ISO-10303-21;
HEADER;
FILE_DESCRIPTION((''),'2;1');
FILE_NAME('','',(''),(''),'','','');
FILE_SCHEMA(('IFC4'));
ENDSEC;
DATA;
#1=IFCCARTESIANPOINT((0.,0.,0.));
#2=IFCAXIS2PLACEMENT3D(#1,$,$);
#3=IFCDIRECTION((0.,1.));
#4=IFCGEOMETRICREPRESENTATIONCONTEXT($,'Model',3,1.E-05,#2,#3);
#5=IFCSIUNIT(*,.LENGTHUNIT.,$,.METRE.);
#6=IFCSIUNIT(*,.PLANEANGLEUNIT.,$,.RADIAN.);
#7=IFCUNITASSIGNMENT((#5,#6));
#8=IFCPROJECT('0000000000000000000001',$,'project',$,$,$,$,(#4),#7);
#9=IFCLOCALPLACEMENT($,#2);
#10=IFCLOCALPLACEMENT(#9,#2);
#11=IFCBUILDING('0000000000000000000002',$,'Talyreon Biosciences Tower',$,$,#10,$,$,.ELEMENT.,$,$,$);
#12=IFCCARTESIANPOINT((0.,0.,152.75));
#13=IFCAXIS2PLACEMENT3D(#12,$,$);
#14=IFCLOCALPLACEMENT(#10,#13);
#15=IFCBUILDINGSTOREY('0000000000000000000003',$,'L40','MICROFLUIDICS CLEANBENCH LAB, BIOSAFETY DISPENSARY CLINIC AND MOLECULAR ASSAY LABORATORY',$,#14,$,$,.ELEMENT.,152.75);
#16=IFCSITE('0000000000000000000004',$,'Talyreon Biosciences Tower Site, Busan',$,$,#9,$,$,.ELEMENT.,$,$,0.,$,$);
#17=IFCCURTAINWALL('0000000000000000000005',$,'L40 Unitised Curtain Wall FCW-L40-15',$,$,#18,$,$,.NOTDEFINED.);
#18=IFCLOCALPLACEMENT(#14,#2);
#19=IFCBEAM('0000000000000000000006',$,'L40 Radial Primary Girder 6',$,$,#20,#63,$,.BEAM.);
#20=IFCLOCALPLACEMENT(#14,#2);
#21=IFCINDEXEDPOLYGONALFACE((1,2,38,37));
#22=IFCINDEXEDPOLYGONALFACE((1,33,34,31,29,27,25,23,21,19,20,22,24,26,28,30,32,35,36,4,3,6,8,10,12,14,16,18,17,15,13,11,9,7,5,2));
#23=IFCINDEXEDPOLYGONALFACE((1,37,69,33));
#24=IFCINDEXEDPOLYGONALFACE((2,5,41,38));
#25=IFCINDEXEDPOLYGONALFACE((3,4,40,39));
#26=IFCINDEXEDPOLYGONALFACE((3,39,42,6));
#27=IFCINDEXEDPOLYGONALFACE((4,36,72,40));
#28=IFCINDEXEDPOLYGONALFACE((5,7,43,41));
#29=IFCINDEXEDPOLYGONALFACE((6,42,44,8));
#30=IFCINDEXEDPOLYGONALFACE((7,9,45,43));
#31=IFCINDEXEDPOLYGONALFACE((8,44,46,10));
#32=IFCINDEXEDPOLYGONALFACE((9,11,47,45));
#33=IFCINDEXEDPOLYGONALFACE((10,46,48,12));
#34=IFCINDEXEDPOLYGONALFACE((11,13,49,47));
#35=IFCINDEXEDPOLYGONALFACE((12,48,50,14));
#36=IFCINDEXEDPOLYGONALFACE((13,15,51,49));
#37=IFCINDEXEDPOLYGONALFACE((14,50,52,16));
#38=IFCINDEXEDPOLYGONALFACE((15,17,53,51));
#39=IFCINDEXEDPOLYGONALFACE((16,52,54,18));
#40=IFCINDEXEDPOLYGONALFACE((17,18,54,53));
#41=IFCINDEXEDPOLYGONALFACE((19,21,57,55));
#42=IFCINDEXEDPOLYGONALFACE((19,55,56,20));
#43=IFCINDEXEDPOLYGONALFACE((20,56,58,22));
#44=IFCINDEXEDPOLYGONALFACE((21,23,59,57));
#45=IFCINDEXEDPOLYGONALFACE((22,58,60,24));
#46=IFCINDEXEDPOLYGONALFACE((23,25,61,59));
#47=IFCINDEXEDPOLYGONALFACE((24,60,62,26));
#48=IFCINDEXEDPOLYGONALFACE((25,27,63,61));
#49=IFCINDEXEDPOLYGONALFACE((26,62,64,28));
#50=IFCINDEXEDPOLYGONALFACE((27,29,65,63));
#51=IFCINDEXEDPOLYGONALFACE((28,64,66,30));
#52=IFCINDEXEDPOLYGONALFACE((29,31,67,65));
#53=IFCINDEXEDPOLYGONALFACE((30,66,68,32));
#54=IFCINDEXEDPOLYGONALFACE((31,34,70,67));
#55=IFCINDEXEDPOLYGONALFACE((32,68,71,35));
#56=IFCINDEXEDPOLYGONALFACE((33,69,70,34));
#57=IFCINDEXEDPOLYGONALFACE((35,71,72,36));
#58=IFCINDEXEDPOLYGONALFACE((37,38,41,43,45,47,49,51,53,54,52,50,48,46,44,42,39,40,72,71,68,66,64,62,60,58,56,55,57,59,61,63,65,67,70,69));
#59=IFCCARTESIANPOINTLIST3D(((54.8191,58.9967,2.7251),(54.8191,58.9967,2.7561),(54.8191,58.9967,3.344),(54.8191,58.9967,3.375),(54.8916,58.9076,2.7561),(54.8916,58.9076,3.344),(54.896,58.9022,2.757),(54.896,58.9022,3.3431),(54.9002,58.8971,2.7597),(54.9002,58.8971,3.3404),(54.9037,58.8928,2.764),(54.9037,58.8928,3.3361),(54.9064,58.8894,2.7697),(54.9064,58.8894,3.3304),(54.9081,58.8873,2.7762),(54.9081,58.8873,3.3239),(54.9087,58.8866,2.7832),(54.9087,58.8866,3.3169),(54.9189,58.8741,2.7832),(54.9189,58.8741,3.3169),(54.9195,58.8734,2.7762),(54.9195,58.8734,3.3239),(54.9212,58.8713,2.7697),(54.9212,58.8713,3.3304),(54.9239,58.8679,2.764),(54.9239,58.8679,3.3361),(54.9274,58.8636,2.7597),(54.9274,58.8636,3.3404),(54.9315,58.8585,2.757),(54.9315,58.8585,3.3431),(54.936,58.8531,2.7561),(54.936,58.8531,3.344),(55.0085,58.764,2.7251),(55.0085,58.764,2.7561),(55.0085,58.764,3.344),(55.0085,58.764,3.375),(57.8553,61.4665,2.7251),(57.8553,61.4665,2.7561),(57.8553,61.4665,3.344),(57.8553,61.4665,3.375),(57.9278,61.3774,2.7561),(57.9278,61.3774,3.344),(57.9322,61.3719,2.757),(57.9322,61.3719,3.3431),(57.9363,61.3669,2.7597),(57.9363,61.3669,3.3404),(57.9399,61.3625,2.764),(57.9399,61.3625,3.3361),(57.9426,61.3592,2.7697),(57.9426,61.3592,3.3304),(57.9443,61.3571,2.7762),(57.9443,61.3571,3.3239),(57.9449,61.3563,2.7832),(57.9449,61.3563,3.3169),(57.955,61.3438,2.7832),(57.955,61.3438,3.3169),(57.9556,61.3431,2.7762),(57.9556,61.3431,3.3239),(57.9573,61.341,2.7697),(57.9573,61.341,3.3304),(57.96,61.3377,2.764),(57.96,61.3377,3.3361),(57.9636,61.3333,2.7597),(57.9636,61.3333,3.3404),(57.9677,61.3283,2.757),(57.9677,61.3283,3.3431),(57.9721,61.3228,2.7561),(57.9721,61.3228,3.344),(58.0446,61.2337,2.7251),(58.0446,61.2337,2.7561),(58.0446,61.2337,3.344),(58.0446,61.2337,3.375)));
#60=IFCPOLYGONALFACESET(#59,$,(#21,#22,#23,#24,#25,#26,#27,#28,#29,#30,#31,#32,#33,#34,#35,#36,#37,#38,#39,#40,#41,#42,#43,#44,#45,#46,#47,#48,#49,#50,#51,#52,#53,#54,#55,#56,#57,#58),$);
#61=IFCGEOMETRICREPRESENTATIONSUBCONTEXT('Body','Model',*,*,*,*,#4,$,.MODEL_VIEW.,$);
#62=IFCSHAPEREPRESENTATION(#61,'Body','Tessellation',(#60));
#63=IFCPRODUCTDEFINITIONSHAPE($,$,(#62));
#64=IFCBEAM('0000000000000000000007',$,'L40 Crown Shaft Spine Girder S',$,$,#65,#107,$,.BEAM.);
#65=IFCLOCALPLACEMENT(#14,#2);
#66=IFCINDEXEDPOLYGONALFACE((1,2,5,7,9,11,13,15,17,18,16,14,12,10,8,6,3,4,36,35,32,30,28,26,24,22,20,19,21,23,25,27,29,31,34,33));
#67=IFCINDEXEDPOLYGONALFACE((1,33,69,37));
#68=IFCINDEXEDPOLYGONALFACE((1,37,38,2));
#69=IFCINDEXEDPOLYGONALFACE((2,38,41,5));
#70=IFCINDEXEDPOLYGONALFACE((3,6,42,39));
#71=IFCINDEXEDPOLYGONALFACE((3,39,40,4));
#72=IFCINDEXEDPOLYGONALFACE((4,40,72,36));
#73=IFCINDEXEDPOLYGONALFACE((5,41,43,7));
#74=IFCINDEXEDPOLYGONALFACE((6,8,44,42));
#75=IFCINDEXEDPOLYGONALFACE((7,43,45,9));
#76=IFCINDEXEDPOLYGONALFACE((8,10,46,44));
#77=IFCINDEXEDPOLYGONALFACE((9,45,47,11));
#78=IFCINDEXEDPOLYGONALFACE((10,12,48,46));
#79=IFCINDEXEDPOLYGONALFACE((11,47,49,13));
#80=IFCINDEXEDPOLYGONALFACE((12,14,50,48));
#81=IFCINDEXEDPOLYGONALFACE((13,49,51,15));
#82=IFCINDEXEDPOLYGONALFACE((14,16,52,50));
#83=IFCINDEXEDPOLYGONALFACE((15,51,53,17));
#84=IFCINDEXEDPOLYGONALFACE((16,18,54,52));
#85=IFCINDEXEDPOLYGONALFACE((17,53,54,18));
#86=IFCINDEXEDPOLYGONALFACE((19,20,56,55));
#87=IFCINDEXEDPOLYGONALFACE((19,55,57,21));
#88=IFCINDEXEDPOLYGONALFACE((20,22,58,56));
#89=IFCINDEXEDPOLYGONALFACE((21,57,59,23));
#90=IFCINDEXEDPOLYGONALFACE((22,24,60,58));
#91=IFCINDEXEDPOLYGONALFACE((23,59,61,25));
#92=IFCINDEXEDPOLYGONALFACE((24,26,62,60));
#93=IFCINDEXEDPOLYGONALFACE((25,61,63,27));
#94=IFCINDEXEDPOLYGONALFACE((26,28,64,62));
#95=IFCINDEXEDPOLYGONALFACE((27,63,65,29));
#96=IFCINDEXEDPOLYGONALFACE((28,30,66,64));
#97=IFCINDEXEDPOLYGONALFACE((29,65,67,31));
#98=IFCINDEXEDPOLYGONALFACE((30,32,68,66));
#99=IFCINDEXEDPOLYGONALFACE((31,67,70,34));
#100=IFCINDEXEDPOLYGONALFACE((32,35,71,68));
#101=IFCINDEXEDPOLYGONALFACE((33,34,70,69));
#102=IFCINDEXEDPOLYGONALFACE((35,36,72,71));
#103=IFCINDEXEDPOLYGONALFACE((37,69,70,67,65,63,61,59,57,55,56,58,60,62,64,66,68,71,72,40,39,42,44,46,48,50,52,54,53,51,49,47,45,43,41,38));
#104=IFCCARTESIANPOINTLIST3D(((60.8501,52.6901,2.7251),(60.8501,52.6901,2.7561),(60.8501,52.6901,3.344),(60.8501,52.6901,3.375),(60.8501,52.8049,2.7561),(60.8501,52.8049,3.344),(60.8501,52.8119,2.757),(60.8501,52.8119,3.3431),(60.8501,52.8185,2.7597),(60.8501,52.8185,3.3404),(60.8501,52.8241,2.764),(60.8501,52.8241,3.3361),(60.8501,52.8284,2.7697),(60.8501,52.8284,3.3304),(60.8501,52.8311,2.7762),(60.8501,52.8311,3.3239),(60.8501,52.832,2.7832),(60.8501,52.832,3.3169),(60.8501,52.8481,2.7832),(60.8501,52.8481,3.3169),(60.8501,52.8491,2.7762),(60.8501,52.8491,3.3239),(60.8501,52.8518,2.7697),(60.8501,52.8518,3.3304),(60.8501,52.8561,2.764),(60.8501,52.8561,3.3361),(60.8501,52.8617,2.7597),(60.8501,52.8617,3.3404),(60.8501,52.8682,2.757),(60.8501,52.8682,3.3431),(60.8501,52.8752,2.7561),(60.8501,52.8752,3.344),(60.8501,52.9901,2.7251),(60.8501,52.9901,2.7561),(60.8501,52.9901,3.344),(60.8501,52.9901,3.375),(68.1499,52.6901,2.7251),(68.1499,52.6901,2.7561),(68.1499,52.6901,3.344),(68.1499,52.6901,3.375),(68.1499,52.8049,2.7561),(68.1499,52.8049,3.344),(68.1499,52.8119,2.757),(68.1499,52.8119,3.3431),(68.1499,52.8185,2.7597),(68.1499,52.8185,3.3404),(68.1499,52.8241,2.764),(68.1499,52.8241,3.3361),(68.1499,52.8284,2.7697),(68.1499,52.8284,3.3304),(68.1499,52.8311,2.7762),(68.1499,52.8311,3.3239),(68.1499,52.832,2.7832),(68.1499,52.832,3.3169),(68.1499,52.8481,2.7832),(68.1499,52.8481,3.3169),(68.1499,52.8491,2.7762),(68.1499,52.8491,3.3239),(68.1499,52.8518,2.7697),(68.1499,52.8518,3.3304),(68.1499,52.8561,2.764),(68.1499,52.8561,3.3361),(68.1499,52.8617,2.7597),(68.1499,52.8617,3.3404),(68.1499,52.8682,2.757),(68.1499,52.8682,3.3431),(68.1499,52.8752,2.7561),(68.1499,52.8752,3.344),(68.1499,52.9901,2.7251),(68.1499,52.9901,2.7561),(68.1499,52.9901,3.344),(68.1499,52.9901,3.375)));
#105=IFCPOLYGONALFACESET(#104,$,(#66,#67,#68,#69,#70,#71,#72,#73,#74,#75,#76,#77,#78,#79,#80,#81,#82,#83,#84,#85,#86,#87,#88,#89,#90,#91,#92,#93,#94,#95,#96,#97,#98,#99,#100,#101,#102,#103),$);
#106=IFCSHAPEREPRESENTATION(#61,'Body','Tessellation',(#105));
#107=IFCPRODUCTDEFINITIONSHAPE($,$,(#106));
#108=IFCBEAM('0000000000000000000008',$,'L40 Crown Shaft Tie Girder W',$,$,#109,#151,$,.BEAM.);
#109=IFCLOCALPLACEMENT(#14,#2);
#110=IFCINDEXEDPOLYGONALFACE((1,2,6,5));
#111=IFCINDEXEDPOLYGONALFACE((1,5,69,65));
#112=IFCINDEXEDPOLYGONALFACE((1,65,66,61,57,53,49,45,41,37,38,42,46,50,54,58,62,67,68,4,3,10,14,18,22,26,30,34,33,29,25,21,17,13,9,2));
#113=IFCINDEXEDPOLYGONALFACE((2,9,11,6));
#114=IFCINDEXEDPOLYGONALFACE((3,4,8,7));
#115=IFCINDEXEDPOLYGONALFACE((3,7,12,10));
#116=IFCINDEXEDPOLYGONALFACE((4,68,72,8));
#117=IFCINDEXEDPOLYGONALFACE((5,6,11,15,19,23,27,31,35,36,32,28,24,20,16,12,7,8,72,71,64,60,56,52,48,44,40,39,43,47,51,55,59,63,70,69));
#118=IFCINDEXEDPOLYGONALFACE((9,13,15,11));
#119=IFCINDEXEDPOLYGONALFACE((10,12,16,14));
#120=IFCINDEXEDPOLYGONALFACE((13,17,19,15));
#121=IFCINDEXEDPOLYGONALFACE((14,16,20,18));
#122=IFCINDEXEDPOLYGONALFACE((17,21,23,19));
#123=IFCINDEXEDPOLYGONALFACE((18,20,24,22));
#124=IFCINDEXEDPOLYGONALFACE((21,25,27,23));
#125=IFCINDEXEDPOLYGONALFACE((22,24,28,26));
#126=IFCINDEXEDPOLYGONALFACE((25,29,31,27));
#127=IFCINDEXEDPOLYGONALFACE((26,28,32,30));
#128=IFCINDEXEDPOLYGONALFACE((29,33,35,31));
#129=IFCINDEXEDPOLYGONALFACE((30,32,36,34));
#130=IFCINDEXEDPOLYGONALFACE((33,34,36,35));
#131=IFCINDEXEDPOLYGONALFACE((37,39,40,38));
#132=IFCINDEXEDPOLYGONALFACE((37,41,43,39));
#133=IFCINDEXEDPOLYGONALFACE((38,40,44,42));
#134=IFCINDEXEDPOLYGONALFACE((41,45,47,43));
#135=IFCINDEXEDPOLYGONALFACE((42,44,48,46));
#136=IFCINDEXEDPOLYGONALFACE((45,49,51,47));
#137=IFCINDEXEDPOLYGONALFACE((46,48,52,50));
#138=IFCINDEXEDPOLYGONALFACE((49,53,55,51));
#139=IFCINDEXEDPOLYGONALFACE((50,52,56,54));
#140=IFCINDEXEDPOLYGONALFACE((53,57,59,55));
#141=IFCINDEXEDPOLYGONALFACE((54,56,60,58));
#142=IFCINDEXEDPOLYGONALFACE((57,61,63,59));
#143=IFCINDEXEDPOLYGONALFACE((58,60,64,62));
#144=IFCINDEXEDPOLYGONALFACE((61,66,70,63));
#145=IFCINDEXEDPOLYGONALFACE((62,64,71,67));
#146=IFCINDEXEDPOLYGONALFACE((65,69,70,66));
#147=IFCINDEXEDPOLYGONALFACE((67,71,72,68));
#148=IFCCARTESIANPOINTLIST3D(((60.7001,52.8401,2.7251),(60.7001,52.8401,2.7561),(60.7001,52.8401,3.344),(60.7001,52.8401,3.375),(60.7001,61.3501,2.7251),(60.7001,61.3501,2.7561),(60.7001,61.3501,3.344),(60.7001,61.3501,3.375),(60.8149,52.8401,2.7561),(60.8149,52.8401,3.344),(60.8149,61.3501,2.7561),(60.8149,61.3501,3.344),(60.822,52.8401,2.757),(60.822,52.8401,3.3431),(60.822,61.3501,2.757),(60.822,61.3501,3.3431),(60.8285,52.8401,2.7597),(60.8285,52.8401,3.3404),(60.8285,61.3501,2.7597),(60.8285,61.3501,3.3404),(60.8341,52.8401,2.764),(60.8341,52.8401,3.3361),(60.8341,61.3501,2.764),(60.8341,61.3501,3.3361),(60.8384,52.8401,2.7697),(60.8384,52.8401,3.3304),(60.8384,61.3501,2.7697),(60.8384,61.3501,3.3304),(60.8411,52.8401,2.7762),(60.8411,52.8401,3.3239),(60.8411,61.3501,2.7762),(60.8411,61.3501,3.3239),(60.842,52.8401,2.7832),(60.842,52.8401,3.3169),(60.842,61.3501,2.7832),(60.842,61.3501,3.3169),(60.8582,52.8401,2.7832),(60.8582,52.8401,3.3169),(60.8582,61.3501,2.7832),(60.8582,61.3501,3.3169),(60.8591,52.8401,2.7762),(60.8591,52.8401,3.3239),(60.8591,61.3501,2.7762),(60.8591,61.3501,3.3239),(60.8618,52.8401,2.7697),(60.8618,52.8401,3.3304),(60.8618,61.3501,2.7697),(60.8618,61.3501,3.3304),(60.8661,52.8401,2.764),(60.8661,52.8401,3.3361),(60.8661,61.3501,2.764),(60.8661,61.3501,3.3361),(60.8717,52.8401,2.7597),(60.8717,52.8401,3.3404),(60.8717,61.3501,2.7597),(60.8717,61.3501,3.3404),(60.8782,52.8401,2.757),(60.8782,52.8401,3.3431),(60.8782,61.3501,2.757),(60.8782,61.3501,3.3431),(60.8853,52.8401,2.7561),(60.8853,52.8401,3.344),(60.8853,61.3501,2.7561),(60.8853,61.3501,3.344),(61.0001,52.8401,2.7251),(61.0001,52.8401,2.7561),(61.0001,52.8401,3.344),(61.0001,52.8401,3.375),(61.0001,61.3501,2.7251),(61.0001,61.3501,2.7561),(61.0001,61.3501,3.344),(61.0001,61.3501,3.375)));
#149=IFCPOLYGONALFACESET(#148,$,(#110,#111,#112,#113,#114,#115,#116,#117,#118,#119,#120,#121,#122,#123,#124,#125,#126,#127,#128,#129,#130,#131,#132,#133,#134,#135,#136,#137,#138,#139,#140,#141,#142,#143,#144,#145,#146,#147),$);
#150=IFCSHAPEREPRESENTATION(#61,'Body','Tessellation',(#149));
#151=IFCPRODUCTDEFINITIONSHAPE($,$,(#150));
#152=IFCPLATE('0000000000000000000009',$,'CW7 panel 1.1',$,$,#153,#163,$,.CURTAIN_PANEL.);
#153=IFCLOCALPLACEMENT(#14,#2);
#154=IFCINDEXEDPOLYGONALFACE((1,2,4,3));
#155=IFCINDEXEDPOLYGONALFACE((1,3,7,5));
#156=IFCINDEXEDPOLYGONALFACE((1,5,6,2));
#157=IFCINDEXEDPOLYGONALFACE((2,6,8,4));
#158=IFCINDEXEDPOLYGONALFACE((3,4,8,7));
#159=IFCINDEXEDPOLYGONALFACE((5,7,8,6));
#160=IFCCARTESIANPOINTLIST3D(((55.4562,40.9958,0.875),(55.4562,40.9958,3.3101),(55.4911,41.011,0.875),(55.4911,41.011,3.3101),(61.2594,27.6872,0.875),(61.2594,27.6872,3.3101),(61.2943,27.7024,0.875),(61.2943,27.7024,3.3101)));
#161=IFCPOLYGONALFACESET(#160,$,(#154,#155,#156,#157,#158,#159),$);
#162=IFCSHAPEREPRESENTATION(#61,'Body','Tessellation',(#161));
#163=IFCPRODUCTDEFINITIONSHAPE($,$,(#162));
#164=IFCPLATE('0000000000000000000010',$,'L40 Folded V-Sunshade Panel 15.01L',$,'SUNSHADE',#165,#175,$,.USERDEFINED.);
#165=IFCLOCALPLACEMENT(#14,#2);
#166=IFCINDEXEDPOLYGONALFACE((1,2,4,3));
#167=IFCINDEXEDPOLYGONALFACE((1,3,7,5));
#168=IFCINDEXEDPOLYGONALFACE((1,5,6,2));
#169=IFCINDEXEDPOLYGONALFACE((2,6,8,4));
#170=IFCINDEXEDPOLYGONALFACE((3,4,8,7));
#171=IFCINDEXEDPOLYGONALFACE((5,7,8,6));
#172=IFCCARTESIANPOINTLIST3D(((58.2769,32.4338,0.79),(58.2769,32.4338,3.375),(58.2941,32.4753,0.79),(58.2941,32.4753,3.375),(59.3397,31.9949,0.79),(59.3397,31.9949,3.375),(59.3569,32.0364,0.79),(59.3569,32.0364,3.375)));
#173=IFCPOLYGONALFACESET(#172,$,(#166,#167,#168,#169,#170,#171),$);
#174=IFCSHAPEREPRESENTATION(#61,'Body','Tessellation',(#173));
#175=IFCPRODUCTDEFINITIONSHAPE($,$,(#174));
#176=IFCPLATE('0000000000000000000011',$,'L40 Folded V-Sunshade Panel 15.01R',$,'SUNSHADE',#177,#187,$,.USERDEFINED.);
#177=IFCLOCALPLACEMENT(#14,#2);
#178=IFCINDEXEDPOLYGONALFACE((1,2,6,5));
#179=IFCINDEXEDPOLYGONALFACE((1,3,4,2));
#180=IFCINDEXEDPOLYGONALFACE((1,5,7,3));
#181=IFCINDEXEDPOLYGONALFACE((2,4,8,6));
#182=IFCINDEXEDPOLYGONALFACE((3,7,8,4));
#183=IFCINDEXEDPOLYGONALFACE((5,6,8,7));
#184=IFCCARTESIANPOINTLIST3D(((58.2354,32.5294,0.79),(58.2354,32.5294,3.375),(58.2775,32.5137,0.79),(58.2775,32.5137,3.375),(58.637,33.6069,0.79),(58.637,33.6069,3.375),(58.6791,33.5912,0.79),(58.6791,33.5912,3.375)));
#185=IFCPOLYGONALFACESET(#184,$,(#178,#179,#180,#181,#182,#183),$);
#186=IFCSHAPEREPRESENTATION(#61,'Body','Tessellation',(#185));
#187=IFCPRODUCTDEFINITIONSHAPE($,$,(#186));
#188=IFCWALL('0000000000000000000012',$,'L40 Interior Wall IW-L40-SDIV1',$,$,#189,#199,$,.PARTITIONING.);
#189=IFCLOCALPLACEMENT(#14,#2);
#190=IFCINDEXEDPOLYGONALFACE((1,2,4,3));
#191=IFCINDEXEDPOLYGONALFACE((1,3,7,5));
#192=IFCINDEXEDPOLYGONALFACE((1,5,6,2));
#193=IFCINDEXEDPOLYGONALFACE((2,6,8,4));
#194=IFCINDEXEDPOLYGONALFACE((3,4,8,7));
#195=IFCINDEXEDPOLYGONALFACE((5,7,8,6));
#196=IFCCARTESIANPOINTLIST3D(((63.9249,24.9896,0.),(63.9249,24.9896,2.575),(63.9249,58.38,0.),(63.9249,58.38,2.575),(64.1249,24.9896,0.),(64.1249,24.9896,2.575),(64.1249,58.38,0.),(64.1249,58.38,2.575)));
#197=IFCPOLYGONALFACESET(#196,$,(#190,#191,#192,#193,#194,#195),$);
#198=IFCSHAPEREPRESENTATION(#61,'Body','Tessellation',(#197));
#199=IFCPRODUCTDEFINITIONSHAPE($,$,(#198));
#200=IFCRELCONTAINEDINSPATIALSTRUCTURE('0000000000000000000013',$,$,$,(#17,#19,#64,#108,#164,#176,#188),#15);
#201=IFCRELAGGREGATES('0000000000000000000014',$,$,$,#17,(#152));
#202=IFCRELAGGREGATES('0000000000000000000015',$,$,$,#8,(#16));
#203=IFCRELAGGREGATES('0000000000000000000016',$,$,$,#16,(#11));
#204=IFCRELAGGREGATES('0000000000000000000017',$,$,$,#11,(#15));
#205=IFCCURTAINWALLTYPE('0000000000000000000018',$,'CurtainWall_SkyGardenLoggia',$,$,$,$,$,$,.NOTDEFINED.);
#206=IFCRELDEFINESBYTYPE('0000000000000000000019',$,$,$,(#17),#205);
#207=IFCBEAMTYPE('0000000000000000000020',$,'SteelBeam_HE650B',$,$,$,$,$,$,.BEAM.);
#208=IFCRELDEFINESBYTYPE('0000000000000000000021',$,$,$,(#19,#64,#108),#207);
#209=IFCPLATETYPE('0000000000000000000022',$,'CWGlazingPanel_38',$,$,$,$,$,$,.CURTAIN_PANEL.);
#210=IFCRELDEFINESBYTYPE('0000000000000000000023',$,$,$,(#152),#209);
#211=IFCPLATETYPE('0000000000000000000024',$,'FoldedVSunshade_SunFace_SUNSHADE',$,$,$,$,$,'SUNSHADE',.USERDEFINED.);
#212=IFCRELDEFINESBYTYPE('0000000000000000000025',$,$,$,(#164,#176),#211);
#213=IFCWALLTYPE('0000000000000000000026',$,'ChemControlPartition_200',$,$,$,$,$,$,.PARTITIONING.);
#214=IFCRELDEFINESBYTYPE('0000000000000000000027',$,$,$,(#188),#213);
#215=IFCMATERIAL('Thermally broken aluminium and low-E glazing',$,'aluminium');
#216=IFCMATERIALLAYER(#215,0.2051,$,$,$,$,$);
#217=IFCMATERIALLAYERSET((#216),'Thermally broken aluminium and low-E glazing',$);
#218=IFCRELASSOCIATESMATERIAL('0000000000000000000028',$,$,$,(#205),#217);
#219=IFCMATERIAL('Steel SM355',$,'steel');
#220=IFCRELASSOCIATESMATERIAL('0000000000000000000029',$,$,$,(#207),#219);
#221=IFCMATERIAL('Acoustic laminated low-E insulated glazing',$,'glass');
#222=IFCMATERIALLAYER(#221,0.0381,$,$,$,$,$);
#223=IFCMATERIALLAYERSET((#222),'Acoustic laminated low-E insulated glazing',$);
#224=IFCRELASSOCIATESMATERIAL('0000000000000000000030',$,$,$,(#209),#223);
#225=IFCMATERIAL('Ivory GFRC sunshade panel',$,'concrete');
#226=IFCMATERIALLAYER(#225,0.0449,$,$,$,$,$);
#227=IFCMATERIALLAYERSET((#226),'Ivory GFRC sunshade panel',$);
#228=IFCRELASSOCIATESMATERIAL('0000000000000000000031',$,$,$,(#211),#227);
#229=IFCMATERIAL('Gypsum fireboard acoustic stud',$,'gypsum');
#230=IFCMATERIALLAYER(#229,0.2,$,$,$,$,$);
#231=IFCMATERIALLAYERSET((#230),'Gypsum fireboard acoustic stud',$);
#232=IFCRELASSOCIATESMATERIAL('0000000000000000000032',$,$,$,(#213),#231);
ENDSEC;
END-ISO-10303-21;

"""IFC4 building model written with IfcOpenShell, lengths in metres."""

from ifc_helpers import new_model, si_unit, direction, frame, frame_2d, origin, origin_2d, place, context, subcontext, project, spatial, rectangle, i_section, extrude, material, layer, layer_set, material_profile, profile_set, type_object, element, aggregate, save


model = new_model("IFC4")

# Units and contexts
model_context = context("Model", 3, precision=1e-05, world=origin(), true_north=direction((0.0, 1.0)))
body_context = subcontext(model_context, "Body", "Model", "MODEL_VIEW")
ifc_project = project(units=[si_unit("LENGTHUNIT", "METRE"), si_unit("PLANEANGLEUNIT", "RADIAN")], contexts=[model_context])

# Site, building, storey
site_placement = place(None, origin())
site = spatial("IfcSite", under=ifc_project, at=site_placement, Name="Talyreon Biosciences Tower Site, Busan", CompositionType="ELEMENT", RefElevation=0.0)
building_placement = place(site_placement, origin())
building = spatial("IfcBuilding", under=site, at=building_placement, Name="Talyreon Biosciences Tower", CompositionType="ELEMENT")
storey_placement = place(building_placement, frame((0.0, 0.0, 152.75)))
storey = spatial("IfcBuildingStorey", under=building, at=storey_placement, Name="L40", Description="MICROFLUIDICS CLEANBENCH LAB, BIOSAFETY DISPENSARY CLINIC AND MOLECULAR ASSAY LABORATORY", CompositionType="ELEMENT", Elevation=152.75)

# Curtain wall
ifc_material_1 = material(Name="Thermally broken aluminium and low-E glazing", Category="aluminium")
ifc_layer_1 = layer(ifc_material_1, 0.2051)
ifc_layer_set_1 = layer_set([ifc_layer_1], Name="Thermally broken aluminium and low-E glazing")
curtain_wall_type = type_object("IfcCurtainWallType", Name="CurtainWall_SkyGardenLoggia", PredefinedType="NOTDEFINED", material=ifc_layer_set_1)
curtain_wall_placement = place(storey_placement, origin())
curtain_wall = element("IfcCurtainWall", 1, at=curtain_wall_placement, inside=storey, type_object=curtain_wall_type, Name="L40 Unitised Curtain Wall FCW-L40-15", PredefinedType="NOTDEFINED")

# Beams
ifc_material_2 = material(Name="Steel SM355", Category="steel")
ifc_material_profile_1 = material_profile(ifc_material_2, i_section(OverallWidth=0.3, OverallDepth=0.6499, WebThickness=0.0161, FlangeThickness=0.031, FilletRadius=0.0271, at=origin_2d()), Name="HE650B")
ifc_profile_set_1 = profile_set([ifc_material_profile_1], Name="Steel SM355")
beam_type_1 = type_object("IfcBeamType", Name="SteelBeam_HE650B", PredefinedType="BEAM", material=ifc_profile_set_1)
beam_1_placement = place(storey_placement, frame((57.95, 61.3501, 3.05), z_axis=(-0.775755, -0.631034, 0.0), x_axis=(0.631034, -0.775755, 0.0)))
element("IfcBeam", 2, at=beam_1_placement, inside=storey, type_object=beam_type_1, Name="L40 Radial Primary Girder 6", PredefinedType="BEAM", context=body_context, shape_type="SweptSolid", body=[
    extrude(i_section(OverallWidth=0.3, OverallDepth=0.6499, WebThickness=0.0161, FlangeThickness=0.031, FilletRadius=0.0271, at=origin_2d()), origin(), (0.0, 0.0, 1.0), 3.9138),
])
beam_2_placement = place(storey_placement, frame((60.8501, 52.8401, 3.05), z_axis=(1.0, 0.0, 0.0), x_axis=(0.0, 1.0, 0.0)))
element("IfcBeam", 3, at=beam_2_placement, inside=storey, type_object=beam_type_1, Name="L40 Crown Shaft Spine Girder S", PredefinedType="BEAM", context=body_context, shape_type="SweptSolid", body=[
    extrude(i_section(OverallWidth=0.3, OverallDepth=0.6499, WebThickness=0.0161, FlangeThickness=0.031, FilletRadius=0.0271, at=origin_2d()), origin(), (0.0, 0.0, 1.0), 7.2998),
])
beam_3_placement = place(storey_placement, frame((60.8501, 52.8401, 3.05), z_axis=(0.0, 1.0, 0.0), x_axis=(-1.0, 0.0, 0.0)))
element("IfcBeam", 4, at=beam_3_placement, inside=storey, type_object=beam_type_1, Name="L40 Crown Shaft Tie Girder W", PredefinedType="BEAM", context=body_context, shape_type="SweptSolid", body=[
    extrude(i_section(OverallWidth=0.3, OverallDepth=0.6499, WebThickness=0.0161, FlangeThickness=0.031, FilletRadius=0.0271, at=origin_2d()), origin(), (0.0, 0.0, 1.0), 8.51),
])

# Plate
ifc_material_3 = material(Name="Acoustic laminated low-E insulated glazing", Category="glass")
ifc_layer_2 = layer(ifc_material_3, 0.0381)
ifc_layer_set_2 = layer_set([ifc_layer_2], Name="Acoustic laminated low-E insulated glazing")
plate_type_1 = type_object("IfcPlateType", Name="CWGlazingPanel_38", PredefinedType="CURTAIN_PANEL", material=ifc_layer_set_2)
plate_placement = place(storey_placement, frame((58.3752, 34.3491, 0.875), z_axis=(0.0, 0.0, 1.0), x_axis=(-0.399698, 0.916647, 0.0)))
plate = element("IfcPlate", 5, at=plate_placement, type_object=plate_type_1, Name="CW7 panel 1.1", PredefinedType="CURTAIN_PANEL", context=body_context, shape_type="SweptSolid", body=[
    extrude(rectangle(XDim=14.5188, YDim=0.0381, at=origin_2d()), origin(), (0.0, 0.0, 1.0), 2.4351),
])
aggregate(curtain_wall, [plate])

# Plates
ifc_material_4 = material(Name="Ivory GFRC sunshade panel", Category="concrete")
ifc_layer_3 = layer(ifc_material_4, 0.0449)
ifc_layer_set_3 = layer_set([ifc_layer_3], Name="Ivory GFRC sunshade panel")
plate_type_2 = type_object("IfcPlateType", Name="FoldedVSunshade_SunFace_SUNSHADE", ElementType="SUNSHADE", PredefinedType="USERDEFINED", material=ifc_layer_set_3)
for number, where, z_axis, x_axis, name in (
    (6, (58.8169, 32.2351, 0.79), (0.0, 0.0, 1.0), (-0.924273, 0.381732, 0.0), "L40 Folded V-Sunshade Panel 15.01L"),
    (7, (58.4573, 33.0603, 0.79), (0.0, 0.0, 1.0), (0.349243, 0.937032, 0.0), "L40 Folded V-Sunshade Panel 15.01R"),
):
    element("IfcPlate", number, at=place(storey_placement, frame(where, z_axis=z_axis, x_axis=x_axis)), inside=storey, type_object=plate_type_2, Name=name, ObjectType="SUNSHADE", PredefinedType="USERDEFINED", context=body_context, shape_type="SweptSolid", body=[
        extrude(rectangle(XDim=1.1499, YDim=0.0449, at=origin_2d()), origin(), (0.0, 0.0, 1.0), 2.585),
    ])

# Wall
ifc_material_5 = material(Name="Gypsum fireboard acoustic stud", Category="gypsum")
ifc_layer_4 = layer(ifc_material_5, 0.2)
ifc_layer_set_4 = layer_set([ifc_layer_4], Name="Gypsum fireboard acoustic stud")
wall_type_1 = type_object("IfcWallType", Name="ChemControlPartition_200", PredefinedType="PARTITIONING", material=ifc_layer_set_4)
wall_1_placement = place(storey_placement, frame((64.0249, 24.9895, 0.0), z_axis=(0.0, 0.0, 1.0), x_axis=(0.0, 1.0, 0.0)))
element("IfcWall", 8, at=wall_1_placement, inside=storey, type_object=wall_type_1, Name="L40 Interior Wall IW-L40-SDIV1", PredefinedType="PARTITIONING", context=body_context, shape_type="SweptSolid", body=[
    extrude(rectangle(XDim=33.3904, YDim=0.2, at=frame_2d((16.6953, 0.0))), origin(), (0.0, 0.0, 1.0), 2.575),
])

save(model, "model.ifc")
